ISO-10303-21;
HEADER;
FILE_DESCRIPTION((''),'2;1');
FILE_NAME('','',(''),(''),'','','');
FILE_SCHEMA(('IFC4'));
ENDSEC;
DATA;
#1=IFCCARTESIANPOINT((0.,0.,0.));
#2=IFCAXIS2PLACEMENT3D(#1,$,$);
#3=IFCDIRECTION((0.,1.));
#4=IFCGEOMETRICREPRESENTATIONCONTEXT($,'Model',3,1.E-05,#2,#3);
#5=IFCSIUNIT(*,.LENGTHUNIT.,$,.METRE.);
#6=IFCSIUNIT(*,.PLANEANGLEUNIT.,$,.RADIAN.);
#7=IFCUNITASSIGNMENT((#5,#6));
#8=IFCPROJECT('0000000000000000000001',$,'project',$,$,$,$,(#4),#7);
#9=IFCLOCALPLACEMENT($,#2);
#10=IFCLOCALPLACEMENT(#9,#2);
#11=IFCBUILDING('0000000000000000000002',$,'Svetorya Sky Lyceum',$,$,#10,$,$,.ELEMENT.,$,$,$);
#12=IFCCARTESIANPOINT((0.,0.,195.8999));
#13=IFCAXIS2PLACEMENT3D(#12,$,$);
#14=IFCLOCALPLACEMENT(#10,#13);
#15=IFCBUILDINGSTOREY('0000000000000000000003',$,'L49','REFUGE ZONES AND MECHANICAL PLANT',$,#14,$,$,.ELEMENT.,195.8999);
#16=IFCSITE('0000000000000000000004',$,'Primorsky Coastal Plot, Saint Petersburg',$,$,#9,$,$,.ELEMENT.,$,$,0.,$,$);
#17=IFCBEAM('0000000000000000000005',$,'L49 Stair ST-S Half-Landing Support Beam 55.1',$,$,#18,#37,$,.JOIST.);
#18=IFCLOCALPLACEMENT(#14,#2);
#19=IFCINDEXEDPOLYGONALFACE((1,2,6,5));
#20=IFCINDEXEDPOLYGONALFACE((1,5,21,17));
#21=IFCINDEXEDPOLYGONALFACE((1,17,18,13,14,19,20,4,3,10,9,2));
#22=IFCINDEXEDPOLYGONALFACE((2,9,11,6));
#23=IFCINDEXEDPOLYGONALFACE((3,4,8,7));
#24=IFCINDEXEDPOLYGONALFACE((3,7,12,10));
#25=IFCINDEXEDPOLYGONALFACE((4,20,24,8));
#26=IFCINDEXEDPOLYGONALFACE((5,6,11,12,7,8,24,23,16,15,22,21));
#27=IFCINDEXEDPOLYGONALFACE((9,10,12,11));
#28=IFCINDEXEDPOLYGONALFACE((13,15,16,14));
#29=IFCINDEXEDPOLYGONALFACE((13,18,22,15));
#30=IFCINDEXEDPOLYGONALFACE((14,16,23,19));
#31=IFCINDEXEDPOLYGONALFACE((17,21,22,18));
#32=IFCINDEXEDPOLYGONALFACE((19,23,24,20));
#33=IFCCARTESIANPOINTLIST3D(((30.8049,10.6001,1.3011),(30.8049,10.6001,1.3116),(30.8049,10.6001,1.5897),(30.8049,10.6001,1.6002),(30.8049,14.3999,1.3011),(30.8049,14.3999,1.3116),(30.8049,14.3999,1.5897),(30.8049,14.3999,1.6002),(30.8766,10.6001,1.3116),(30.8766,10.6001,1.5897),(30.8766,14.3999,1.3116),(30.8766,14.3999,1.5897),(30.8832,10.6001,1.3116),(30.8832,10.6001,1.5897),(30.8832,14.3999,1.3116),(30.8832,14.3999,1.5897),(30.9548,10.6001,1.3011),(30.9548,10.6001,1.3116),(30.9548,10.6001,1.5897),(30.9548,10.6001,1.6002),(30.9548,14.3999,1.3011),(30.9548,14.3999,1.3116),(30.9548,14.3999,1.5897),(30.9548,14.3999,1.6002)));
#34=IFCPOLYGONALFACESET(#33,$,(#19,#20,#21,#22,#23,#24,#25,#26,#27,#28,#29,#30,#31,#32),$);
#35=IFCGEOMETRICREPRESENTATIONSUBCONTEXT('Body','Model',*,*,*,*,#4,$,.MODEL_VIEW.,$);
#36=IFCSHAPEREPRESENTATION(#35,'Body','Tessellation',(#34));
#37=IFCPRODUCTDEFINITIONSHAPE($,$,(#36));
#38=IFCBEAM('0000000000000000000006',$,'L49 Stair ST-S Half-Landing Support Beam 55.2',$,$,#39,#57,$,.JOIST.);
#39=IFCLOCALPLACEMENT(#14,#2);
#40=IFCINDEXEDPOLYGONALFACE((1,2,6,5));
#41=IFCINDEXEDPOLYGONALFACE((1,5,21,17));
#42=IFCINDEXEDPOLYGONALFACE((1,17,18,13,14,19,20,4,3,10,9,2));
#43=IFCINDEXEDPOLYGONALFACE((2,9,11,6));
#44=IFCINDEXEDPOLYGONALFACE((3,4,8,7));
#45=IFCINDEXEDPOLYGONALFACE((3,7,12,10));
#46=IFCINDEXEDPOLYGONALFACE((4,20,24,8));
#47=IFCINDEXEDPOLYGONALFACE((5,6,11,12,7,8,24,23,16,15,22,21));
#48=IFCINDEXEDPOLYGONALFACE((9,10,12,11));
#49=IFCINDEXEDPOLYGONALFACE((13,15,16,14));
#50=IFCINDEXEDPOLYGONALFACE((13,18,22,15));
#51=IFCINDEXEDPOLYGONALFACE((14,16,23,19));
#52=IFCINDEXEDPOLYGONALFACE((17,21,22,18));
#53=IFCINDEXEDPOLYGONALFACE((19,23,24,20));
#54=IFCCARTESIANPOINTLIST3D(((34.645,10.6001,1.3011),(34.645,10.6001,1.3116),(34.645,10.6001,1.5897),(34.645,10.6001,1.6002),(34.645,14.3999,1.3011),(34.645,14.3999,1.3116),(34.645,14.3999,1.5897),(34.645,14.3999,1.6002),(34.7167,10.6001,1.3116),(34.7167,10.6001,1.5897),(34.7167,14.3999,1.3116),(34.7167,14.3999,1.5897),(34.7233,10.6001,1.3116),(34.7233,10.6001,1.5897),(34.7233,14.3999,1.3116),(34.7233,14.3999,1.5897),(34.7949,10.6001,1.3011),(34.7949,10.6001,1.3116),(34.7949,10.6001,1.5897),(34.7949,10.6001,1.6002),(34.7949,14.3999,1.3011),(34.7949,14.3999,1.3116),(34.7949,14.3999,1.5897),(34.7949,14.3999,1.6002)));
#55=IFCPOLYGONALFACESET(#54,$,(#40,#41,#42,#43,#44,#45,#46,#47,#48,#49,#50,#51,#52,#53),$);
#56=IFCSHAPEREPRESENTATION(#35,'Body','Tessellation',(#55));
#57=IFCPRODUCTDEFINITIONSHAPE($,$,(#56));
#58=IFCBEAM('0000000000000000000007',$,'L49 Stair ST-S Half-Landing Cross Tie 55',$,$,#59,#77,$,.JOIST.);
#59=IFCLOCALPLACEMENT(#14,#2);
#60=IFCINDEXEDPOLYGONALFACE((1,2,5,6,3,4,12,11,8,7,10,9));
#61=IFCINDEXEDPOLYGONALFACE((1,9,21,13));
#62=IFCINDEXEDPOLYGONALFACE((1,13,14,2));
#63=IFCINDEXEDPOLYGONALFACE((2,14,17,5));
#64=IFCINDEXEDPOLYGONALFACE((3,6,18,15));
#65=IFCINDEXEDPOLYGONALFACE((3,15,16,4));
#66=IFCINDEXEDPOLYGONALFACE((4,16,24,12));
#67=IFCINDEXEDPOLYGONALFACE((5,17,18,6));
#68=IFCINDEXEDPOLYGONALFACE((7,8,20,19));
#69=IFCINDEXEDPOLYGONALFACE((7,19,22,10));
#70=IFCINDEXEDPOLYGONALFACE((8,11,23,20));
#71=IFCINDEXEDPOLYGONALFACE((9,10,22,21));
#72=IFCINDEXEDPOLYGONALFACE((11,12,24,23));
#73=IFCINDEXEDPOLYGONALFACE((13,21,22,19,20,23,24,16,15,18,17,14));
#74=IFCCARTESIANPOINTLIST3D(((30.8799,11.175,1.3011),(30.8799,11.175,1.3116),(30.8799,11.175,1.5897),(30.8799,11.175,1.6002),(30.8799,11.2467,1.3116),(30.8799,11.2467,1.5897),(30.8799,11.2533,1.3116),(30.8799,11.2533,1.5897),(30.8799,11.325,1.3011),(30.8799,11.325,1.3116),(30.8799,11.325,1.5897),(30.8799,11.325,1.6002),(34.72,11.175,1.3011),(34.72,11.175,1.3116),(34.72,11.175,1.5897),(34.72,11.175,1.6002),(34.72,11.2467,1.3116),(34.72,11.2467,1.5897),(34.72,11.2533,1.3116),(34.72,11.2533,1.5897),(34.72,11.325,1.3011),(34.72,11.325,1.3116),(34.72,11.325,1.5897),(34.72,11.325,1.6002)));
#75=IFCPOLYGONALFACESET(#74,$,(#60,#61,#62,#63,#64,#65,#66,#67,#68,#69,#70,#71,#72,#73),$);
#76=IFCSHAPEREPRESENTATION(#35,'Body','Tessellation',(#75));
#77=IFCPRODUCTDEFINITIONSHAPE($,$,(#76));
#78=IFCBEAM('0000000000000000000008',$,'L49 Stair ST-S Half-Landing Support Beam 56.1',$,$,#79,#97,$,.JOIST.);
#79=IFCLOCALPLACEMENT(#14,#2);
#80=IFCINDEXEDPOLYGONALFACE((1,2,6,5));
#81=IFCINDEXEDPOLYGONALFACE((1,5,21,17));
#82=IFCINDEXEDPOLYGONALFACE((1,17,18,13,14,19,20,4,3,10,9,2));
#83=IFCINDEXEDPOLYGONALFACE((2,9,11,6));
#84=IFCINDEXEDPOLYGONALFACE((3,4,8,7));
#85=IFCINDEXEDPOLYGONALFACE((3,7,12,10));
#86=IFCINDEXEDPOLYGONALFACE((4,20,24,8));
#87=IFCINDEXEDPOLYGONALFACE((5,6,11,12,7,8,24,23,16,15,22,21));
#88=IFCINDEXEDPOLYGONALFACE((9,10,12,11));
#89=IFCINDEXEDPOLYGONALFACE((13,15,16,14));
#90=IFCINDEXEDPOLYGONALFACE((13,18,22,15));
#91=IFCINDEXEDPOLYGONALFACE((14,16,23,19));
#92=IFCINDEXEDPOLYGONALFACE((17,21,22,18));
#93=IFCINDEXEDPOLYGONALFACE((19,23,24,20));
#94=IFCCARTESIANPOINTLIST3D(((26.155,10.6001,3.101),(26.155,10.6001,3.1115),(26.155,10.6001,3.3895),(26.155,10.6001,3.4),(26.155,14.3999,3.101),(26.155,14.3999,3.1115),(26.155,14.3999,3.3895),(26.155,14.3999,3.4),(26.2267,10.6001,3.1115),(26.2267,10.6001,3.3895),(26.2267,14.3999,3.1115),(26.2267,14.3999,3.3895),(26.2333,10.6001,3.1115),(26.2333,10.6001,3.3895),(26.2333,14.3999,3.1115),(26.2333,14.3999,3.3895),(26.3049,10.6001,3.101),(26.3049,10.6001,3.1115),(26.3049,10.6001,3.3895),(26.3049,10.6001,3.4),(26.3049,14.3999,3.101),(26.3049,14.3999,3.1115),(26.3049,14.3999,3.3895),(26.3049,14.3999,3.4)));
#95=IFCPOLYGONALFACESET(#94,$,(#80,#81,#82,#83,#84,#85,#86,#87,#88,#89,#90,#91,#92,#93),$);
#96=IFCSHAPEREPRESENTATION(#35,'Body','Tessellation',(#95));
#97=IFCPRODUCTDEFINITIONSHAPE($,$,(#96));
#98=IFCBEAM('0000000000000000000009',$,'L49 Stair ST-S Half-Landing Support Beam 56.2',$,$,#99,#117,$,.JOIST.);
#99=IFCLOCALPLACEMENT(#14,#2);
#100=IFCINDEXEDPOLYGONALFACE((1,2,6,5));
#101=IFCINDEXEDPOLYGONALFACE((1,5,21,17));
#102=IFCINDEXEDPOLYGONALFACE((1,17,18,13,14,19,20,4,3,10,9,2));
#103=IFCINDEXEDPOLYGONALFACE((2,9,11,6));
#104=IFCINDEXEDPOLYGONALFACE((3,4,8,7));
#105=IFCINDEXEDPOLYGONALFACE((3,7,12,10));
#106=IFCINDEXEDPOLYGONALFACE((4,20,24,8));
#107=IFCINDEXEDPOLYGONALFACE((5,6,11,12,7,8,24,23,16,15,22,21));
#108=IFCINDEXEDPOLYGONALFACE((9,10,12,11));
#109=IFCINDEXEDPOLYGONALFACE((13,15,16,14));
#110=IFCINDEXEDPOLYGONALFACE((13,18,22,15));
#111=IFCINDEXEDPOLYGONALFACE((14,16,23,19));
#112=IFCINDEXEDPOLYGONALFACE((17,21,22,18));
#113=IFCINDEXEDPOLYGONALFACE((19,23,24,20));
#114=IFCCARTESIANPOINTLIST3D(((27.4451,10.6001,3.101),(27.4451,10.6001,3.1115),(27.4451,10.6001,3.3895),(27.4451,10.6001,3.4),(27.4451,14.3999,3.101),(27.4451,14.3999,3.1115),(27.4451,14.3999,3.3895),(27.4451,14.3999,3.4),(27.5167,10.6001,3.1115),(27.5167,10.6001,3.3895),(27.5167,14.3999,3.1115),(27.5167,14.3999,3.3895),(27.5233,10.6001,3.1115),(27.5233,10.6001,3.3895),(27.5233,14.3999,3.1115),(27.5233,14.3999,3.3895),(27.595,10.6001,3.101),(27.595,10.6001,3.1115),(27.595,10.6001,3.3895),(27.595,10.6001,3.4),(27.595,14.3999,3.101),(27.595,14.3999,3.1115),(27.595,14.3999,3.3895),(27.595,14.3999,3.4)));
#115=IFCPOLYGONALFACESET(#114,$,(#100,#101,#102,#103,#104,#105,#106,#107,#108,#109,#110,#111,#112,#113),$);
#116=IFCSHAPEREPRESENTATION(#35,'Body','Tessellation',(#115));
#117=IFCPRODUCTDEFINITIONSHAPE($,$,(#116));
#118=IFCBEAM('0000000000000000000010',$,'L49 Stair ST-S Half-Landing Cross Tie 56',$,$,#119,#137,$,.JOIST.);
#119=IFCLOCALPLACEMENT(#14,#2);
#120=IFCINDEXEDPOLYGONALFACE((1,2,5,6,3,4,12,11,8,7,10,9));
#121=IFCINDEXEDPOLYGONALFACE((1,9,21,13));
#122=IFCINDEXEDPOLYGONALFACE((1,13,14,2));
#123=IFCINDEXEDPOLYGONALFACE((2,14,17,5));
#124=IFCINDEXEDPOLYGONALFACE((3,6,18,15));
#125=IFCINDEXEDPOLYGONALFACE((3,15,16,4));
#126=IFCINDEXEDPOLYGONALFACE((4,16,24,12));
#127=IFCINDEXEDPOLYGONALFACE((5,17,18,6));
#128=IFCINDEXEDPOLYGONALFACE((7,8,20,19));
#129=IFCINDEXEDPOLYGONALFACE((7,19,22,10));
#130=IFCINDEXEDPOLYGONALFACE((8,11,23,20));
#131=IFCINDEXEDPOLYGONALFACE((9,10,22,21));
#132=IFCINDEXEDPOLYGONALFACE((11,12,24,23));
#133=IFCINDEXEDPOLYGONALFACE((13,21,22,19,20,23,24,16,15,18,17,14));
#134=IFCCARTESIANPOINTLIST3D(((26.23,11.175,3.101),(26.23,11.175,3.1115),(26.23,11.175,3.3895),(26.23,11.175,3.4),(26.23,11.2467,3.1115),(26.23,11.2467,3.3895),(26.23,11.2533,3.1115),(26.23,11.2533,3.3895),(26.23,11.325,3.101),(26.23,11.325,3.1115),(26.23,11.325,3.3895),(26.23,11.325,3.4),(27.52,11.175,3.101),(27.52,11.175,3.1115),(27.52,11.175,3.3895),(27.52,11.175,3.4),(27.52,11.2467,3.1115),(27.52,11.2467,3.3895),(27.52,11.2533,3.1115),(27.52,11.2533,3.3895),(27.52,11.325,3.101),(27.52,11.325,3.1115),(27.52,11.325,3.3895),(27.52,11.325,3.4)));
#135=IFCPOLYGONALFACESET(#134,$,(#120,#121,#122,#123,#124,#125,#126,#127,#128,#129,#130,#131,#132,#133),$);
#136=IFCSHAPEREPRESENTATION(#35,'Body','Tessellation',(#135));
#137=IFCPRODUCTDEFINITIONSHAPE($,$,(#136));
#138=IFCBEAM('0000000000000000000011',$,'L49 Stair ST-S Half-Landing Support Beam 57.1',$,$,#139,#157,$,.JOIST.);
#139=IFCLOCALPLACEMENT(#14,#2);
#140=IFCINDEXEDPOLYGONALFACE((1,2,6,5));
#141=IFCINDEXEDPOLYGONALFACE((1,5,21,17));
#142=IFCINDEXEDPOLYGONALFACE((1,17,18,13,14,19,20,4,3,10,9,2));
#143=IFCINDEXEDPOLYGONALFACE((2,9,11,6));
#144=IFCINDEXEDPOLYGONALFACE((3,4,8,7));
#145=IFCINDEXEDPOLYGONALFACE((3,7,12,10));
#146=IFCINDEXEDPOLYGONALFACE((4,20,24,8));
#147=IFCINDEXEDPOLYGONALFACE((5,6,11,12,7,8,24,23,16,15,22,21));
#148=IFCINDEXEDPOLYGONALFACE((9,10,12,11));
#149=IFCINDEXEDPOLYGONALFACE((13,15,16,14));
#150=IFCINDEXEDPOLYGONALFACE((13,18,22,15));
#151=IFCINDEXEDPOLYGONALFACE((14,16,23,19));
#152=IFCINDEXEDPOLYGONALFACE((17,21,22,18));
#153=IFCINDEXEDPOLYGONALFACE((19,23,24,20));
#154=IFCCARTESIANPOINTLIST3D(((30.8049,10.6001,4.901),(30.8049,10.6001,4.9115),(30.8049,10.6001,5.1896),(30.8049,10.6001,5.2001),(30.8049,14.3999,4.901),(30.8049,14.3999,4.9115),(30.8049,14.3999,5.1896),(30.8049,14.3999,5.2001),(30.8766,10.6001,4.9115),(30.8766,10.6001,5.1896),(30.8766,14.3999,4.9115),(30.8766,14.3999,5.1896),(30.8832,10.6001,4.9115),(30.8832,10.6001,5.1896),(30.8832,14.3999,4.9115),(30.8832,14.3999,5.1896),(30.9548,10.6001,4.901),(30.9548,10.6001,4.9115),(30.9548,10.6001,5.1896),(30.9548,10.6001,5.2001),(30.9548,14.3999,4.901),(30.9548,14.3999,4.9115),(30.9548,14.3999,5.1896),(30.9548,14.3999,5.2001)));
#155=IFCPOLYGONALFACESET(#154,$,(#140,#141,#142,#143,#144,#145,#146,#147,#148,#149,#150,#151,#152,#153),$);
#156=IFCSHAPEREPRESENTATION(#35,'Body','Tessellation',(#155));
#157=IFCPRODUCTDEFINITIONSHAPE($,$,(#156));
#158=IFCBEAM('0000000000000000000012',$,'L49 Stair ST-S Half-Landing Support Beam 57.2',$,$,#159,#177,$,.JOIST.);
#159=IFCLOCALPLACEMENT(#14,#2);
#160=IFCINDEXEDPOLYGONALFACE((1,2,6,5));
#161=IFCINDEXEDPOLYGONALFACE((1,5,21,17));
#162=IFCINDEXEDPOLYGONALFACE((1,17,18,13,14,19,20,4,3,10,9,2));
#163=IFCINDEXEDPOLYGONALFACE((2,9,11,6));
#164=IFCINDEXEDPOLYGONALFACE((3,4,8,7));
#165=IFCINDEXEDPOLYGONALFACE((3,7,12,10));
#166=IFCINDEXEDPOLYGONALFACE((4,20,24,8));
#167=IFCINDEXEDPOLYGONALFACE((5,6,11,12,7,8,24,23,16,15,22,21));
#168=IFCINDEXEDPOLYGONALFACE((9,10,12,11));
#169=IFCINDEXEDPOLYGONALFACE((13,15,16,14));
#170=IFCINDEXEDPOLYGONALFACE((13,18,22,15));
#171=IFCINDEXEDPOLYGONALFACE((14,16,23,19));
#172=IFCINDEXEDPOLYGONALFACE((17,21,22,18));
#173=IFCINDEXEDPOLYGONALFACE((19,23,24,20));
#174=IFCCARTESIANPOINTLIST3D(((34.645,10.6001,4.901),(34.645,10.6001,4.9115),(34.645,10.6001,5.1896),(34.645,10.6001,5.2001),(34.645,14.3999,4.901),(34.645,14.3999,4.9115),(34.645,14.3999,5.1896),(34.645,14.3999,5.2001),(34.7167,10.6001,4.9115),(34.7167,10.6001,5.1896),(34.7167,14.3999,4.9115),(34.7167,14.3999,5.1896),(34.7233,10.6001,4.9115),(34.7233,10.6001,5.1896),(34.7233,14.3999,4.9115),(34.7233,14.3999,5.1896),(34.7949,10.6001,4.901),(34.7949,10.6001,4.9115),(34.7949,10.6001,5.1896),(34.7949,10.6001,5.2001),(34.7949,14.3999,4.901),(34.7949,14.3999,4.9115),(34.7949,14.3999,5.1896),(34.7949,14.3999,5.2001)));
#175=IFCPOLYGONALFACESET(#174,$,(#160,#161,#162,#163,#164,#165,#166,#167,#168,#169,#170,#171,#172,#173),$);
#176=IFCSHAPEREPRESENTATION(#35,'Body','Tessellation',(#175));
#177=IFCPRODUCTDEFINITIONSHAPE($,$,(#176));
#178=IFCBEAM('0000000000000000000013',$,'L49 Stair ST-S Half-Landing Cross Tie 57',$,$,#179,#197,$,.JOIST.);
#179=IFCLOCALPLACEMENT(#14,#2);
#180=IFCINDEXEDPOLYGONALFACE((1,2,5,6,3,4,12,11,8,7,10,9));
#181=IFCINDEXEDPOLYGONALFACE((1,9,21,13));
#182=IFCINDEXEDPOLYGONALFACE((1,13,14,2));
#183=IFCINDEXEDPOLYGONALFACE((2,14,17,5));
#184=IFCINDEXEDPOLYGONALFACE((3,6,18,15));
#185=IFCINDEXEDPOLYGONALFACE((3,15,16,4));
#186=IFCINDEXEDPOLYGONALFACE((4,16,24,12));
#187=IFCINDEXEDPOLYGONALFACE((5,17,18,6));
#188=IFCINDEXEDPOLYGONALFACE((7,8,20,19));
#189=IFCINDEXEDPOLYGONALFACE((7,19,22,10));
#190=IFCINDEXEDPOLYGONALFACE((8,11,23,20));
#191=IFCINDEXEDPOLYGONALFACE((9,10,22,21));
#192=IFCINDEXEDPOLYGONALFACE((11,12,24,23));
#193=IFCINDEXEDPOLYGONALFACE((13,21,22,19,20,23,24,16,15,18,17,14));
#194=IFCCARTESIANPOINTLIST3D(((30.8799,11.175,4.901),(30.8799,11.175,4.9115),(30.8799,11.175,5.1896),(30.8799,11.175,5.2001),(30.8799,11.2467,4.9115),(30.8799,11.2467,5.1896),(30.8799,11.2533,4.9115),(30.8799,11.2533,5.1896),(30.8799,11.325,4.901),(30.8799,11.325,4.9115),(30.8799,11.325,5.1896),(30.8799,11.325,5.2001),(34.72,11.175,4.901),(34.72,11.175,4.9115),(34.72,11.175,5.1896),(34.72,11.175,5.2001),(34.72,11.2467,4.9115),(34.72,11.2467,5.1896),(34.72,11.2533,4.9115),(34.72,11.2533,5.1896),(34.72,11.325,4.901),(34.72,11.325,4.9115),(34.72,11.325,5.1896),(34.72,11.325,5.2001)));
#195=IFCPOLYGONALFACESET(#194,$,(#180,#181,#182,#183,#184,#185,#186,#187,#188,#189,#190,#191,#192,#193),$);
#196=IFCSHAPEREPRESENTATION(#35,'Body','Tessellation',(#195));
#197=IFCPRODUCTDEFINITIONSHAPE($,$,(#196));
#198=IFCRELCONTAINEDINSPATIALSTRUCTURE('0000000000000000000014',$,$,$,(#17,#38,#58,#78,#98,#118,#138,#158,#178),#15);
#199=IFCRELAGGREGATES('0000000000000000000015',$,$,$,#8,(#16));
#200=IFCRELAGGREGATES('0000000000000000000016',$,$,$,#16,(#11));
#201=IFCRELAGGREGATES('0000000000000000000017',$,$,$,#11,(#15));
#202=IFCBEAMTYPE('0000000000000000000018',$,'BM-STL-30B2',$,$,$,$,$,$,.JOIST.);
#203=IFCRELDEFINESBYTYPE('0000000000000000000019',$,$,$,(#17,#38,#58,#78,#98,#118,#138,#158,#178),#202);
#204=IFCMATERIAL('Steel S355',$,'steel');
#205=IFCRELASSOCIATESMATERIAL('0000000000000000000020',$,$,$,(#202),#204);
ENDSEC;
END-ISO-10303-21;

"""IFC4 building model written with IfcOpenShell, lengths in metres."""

from ifc_helpers import new_model, si_unit, direction, frame, origin, origin_2d, place, context, subcontext, project, spatial, i_section, extrude, material, material_profile, profile_set, type_object, element, save


model = new_model("IFC4")

# Units and contexts
model_context = context("Model", 3, precision=1e-05, world=origin(), true_north=direction((0.0, 1.0)))
body_context = subcontext(model_context, "Body", "Model", "MODEL_VIEW")
ifc_project = project(units=[si_unit("LENGTHUNIT", "METRE"), si_unit("PLANEANGLEUNIT", "RADIAN")], contexts=[model_context])

# Site, building, storey
site_placement = place(None, origin())
site = spatial("IfcSite", under=ifc_project, at=site_placement, Name="Primorsky Coastal Plot, Saint Petersburg", CompositionType="ELEMENT", RefElevation=0.0)
building_placement = place(site_placement, origin())
building = spatial("IfcBuilding", under=site, at=building_placement, Name="Svetorya Sky Lyceum", CompositionType="ELEMENT")
storey_placement = place(building_placement, frame((0.0, 0.0, 195.8999)))
storey = spatial("IfcBuildingStorey", under=building, at=storey_placement, Name="L49", Description="REFUGE ZONES AND MECHANICAL PLANT", CompositionType="ELEMENT", Elevation=195.8999)

# Beams
ifc_material_1 = material(Name="Steel S355", Category="steel")
ifc_material_profile_1 = material_profile(ifc_material_1, i_section(OverallWidth=0.1499, OverallDepth=0.2991, WebThickness=0.0066, FlangeThickness=0.0105, at=origin_2d()), Name="GOST 30B2")
ifc_profile_set_1 = profile_set([ifc_material_profile_1], Name="Steel S355")
beam_type = type_object("IfcBeamType", Name="BM-STL-30B2", PredefinedType="JOIST", material=ifc_profile_set_1)
for number, where, z_axis, x_axis, name in (
    (1, (30.8799, 10.6001, 1.4507), (0.0, 1.0, 0.0), (-1.0, 0.0, 0.0), "L49 Stair ST-S Half-Landing Support Beam 55.1"),
    (2, (34.72, 10.6001, 1.4507), (0.0, 1.0, 0.0), (-1.0, 0.0, 0.0), "L49 Stair ST-S Half-Landing Support Beam 55.2"),
):
    element("IfcBeam", number, at=place(storey_placement, frame(where, z_axis=z_axis, x_axis=x_axis)), inside=storey, type_object=beam_type, Name=name, PredefinedType="JOIST", context=body_context, shape_type="SweptSolid", body=[
        extrude(i_section(OverallWidth=0.1499, OverallDepth=0.2991, WebThickness=0.0066, FlangeThickness=0.0105, at=origin_2d()), origin(), (0.0, 0.0, 1.0), 3.7998),
    ])
beam_1_placement = place(storey_placement, frame((30.8799, 11.25, 1.4507), z_axis=(1.0, 0.0, 0.0), x_axis=(0.0, 1.0, 0.0)))
element("IfcBeam", 3, at=beam_1_placement, inside=storey, type_object=beam_type, Name="L49 Stair ST-S Half-Landing Cross Tie 55", PredefinedType="JOIST", context=body_context, shape_type="SweptSolid", body=[
    extrude(i_section(OverallWidth=0.1499, OverallDepth=0.2991, WebThickness=0.0066, FlangeThickness=0.0105, at=origin_2d()), origin(), (0.0, 0.0, 1.0), 3.8401),
])
for number, where, z_axis, x_axis, name in (
    (4, (26.23, 10.6001, 3.2505), (0.0, 1.0, 0.0), (-1.0, 0.0, 0.0), "L49 Stair ST-S Half-Landing Support Beam 56.1"),
    (5, (27.52, 10.6001, 3.2505), (0.0, 1.0, 0.0), (-1.0, 0.0, 0.0), "L49 Stair ST-S Half-Landing Support Beam 56.2"),
):
    element("IfcBeam", number, at=place(storey_placement, frame(where, z_axis=z_axis, x_axis=x_axis)), inside=storey, type_object=beam_type, Name=name, PredefinedType="JOIST", context=body_context, shape_type="SweptSolid", body=[
        extrude(i_section(OverallWidth=0.1499, OverallDepth=0.2991, WebThickness=0.0066, FlangeThickness=0.0105, at=origin_2d()), origin(), (0.0, 0.0, 1.0), 3.7998),
    ])
beam_2_placement = place(storey_placement, frame((26.23, 11.25, 3.2505), z_axis=(1.0, 0.0, 0.0), x_axis=(0.0, 1.0, 0.0)))
element("IfcBeam", 6, at=beam_2_placement, inside=storey, type_object=beam_type, Name="L49 Stair ST-S Half-Landing Cross Tie 56", PredefinedType="JOIST", context=body_context, shape_type="SweptSolid", body=[
    extrude(i_section(OverallWidth=0.1499, OverallDepth=0.2991, WebThickness=0.0066, FlangeThickness=0.0105, at=origin_2d()), origin(), (0.0, 0.0, 1.0), 1.29),
])
for number, where, z_axis, x_axis, name in (
    (7, (30.8799, 10.6001, 5.0505), (0.0, 1.0, 0.0), (-1.0, 0.0, 0.0), "L49 Stair ST-S Half-Landing Support Beam 57.1"),
    (8, (34.72, 10.6001, 5.0505), (0.0, 1.0, 0.0), (-1.0, 0.0, 0.0), "L49 Stair ST-S Half-Landing Support Beam 57.2"),
):
    element("IfcBeam", number, at=place(storey_placement, frame(where, z_axis=z_axis, x_axis=x_axis)), inside=storey, type_object=beam_type, Name=name, PredefinedType="JOIST", context=body_context, shape_type="SweptSolid", body=[
        extrude(i_section(OverallWidth=0.1499, OverallDepth=0.2991, WebThickness=0.0066, FlangeThickness=0.0105, at=origin_2d()), origin(), (0.0, 0.0, 1.0), 3.7998),
    ])
beam_3_placement = place(storey_placement, frame((30.8799, 11.25, 5.0505), z_axis=(1.0, 0.0, 0.0), x_axis=(0.0, 1.0, 0.0)))
element("IfcBeam", 9, at=beam_3_placement, inside=storey, type_object=beam_type, Name="L49 Stair ST-S Half-Landing Cross Tie 57", PredefinedType="JOIST", context=body_context, shape_type="SweptSolid", body=[
    extrude(i_section(OverallWidth=0.1499, OverallDepth=0.2991, WebThickness=0.0066, FlangeThickness=0.0105, at=origin_2d()), origin(), (0.0, 0.0, 1.0), 3.8401),
])

save(model, "model.ifc")
